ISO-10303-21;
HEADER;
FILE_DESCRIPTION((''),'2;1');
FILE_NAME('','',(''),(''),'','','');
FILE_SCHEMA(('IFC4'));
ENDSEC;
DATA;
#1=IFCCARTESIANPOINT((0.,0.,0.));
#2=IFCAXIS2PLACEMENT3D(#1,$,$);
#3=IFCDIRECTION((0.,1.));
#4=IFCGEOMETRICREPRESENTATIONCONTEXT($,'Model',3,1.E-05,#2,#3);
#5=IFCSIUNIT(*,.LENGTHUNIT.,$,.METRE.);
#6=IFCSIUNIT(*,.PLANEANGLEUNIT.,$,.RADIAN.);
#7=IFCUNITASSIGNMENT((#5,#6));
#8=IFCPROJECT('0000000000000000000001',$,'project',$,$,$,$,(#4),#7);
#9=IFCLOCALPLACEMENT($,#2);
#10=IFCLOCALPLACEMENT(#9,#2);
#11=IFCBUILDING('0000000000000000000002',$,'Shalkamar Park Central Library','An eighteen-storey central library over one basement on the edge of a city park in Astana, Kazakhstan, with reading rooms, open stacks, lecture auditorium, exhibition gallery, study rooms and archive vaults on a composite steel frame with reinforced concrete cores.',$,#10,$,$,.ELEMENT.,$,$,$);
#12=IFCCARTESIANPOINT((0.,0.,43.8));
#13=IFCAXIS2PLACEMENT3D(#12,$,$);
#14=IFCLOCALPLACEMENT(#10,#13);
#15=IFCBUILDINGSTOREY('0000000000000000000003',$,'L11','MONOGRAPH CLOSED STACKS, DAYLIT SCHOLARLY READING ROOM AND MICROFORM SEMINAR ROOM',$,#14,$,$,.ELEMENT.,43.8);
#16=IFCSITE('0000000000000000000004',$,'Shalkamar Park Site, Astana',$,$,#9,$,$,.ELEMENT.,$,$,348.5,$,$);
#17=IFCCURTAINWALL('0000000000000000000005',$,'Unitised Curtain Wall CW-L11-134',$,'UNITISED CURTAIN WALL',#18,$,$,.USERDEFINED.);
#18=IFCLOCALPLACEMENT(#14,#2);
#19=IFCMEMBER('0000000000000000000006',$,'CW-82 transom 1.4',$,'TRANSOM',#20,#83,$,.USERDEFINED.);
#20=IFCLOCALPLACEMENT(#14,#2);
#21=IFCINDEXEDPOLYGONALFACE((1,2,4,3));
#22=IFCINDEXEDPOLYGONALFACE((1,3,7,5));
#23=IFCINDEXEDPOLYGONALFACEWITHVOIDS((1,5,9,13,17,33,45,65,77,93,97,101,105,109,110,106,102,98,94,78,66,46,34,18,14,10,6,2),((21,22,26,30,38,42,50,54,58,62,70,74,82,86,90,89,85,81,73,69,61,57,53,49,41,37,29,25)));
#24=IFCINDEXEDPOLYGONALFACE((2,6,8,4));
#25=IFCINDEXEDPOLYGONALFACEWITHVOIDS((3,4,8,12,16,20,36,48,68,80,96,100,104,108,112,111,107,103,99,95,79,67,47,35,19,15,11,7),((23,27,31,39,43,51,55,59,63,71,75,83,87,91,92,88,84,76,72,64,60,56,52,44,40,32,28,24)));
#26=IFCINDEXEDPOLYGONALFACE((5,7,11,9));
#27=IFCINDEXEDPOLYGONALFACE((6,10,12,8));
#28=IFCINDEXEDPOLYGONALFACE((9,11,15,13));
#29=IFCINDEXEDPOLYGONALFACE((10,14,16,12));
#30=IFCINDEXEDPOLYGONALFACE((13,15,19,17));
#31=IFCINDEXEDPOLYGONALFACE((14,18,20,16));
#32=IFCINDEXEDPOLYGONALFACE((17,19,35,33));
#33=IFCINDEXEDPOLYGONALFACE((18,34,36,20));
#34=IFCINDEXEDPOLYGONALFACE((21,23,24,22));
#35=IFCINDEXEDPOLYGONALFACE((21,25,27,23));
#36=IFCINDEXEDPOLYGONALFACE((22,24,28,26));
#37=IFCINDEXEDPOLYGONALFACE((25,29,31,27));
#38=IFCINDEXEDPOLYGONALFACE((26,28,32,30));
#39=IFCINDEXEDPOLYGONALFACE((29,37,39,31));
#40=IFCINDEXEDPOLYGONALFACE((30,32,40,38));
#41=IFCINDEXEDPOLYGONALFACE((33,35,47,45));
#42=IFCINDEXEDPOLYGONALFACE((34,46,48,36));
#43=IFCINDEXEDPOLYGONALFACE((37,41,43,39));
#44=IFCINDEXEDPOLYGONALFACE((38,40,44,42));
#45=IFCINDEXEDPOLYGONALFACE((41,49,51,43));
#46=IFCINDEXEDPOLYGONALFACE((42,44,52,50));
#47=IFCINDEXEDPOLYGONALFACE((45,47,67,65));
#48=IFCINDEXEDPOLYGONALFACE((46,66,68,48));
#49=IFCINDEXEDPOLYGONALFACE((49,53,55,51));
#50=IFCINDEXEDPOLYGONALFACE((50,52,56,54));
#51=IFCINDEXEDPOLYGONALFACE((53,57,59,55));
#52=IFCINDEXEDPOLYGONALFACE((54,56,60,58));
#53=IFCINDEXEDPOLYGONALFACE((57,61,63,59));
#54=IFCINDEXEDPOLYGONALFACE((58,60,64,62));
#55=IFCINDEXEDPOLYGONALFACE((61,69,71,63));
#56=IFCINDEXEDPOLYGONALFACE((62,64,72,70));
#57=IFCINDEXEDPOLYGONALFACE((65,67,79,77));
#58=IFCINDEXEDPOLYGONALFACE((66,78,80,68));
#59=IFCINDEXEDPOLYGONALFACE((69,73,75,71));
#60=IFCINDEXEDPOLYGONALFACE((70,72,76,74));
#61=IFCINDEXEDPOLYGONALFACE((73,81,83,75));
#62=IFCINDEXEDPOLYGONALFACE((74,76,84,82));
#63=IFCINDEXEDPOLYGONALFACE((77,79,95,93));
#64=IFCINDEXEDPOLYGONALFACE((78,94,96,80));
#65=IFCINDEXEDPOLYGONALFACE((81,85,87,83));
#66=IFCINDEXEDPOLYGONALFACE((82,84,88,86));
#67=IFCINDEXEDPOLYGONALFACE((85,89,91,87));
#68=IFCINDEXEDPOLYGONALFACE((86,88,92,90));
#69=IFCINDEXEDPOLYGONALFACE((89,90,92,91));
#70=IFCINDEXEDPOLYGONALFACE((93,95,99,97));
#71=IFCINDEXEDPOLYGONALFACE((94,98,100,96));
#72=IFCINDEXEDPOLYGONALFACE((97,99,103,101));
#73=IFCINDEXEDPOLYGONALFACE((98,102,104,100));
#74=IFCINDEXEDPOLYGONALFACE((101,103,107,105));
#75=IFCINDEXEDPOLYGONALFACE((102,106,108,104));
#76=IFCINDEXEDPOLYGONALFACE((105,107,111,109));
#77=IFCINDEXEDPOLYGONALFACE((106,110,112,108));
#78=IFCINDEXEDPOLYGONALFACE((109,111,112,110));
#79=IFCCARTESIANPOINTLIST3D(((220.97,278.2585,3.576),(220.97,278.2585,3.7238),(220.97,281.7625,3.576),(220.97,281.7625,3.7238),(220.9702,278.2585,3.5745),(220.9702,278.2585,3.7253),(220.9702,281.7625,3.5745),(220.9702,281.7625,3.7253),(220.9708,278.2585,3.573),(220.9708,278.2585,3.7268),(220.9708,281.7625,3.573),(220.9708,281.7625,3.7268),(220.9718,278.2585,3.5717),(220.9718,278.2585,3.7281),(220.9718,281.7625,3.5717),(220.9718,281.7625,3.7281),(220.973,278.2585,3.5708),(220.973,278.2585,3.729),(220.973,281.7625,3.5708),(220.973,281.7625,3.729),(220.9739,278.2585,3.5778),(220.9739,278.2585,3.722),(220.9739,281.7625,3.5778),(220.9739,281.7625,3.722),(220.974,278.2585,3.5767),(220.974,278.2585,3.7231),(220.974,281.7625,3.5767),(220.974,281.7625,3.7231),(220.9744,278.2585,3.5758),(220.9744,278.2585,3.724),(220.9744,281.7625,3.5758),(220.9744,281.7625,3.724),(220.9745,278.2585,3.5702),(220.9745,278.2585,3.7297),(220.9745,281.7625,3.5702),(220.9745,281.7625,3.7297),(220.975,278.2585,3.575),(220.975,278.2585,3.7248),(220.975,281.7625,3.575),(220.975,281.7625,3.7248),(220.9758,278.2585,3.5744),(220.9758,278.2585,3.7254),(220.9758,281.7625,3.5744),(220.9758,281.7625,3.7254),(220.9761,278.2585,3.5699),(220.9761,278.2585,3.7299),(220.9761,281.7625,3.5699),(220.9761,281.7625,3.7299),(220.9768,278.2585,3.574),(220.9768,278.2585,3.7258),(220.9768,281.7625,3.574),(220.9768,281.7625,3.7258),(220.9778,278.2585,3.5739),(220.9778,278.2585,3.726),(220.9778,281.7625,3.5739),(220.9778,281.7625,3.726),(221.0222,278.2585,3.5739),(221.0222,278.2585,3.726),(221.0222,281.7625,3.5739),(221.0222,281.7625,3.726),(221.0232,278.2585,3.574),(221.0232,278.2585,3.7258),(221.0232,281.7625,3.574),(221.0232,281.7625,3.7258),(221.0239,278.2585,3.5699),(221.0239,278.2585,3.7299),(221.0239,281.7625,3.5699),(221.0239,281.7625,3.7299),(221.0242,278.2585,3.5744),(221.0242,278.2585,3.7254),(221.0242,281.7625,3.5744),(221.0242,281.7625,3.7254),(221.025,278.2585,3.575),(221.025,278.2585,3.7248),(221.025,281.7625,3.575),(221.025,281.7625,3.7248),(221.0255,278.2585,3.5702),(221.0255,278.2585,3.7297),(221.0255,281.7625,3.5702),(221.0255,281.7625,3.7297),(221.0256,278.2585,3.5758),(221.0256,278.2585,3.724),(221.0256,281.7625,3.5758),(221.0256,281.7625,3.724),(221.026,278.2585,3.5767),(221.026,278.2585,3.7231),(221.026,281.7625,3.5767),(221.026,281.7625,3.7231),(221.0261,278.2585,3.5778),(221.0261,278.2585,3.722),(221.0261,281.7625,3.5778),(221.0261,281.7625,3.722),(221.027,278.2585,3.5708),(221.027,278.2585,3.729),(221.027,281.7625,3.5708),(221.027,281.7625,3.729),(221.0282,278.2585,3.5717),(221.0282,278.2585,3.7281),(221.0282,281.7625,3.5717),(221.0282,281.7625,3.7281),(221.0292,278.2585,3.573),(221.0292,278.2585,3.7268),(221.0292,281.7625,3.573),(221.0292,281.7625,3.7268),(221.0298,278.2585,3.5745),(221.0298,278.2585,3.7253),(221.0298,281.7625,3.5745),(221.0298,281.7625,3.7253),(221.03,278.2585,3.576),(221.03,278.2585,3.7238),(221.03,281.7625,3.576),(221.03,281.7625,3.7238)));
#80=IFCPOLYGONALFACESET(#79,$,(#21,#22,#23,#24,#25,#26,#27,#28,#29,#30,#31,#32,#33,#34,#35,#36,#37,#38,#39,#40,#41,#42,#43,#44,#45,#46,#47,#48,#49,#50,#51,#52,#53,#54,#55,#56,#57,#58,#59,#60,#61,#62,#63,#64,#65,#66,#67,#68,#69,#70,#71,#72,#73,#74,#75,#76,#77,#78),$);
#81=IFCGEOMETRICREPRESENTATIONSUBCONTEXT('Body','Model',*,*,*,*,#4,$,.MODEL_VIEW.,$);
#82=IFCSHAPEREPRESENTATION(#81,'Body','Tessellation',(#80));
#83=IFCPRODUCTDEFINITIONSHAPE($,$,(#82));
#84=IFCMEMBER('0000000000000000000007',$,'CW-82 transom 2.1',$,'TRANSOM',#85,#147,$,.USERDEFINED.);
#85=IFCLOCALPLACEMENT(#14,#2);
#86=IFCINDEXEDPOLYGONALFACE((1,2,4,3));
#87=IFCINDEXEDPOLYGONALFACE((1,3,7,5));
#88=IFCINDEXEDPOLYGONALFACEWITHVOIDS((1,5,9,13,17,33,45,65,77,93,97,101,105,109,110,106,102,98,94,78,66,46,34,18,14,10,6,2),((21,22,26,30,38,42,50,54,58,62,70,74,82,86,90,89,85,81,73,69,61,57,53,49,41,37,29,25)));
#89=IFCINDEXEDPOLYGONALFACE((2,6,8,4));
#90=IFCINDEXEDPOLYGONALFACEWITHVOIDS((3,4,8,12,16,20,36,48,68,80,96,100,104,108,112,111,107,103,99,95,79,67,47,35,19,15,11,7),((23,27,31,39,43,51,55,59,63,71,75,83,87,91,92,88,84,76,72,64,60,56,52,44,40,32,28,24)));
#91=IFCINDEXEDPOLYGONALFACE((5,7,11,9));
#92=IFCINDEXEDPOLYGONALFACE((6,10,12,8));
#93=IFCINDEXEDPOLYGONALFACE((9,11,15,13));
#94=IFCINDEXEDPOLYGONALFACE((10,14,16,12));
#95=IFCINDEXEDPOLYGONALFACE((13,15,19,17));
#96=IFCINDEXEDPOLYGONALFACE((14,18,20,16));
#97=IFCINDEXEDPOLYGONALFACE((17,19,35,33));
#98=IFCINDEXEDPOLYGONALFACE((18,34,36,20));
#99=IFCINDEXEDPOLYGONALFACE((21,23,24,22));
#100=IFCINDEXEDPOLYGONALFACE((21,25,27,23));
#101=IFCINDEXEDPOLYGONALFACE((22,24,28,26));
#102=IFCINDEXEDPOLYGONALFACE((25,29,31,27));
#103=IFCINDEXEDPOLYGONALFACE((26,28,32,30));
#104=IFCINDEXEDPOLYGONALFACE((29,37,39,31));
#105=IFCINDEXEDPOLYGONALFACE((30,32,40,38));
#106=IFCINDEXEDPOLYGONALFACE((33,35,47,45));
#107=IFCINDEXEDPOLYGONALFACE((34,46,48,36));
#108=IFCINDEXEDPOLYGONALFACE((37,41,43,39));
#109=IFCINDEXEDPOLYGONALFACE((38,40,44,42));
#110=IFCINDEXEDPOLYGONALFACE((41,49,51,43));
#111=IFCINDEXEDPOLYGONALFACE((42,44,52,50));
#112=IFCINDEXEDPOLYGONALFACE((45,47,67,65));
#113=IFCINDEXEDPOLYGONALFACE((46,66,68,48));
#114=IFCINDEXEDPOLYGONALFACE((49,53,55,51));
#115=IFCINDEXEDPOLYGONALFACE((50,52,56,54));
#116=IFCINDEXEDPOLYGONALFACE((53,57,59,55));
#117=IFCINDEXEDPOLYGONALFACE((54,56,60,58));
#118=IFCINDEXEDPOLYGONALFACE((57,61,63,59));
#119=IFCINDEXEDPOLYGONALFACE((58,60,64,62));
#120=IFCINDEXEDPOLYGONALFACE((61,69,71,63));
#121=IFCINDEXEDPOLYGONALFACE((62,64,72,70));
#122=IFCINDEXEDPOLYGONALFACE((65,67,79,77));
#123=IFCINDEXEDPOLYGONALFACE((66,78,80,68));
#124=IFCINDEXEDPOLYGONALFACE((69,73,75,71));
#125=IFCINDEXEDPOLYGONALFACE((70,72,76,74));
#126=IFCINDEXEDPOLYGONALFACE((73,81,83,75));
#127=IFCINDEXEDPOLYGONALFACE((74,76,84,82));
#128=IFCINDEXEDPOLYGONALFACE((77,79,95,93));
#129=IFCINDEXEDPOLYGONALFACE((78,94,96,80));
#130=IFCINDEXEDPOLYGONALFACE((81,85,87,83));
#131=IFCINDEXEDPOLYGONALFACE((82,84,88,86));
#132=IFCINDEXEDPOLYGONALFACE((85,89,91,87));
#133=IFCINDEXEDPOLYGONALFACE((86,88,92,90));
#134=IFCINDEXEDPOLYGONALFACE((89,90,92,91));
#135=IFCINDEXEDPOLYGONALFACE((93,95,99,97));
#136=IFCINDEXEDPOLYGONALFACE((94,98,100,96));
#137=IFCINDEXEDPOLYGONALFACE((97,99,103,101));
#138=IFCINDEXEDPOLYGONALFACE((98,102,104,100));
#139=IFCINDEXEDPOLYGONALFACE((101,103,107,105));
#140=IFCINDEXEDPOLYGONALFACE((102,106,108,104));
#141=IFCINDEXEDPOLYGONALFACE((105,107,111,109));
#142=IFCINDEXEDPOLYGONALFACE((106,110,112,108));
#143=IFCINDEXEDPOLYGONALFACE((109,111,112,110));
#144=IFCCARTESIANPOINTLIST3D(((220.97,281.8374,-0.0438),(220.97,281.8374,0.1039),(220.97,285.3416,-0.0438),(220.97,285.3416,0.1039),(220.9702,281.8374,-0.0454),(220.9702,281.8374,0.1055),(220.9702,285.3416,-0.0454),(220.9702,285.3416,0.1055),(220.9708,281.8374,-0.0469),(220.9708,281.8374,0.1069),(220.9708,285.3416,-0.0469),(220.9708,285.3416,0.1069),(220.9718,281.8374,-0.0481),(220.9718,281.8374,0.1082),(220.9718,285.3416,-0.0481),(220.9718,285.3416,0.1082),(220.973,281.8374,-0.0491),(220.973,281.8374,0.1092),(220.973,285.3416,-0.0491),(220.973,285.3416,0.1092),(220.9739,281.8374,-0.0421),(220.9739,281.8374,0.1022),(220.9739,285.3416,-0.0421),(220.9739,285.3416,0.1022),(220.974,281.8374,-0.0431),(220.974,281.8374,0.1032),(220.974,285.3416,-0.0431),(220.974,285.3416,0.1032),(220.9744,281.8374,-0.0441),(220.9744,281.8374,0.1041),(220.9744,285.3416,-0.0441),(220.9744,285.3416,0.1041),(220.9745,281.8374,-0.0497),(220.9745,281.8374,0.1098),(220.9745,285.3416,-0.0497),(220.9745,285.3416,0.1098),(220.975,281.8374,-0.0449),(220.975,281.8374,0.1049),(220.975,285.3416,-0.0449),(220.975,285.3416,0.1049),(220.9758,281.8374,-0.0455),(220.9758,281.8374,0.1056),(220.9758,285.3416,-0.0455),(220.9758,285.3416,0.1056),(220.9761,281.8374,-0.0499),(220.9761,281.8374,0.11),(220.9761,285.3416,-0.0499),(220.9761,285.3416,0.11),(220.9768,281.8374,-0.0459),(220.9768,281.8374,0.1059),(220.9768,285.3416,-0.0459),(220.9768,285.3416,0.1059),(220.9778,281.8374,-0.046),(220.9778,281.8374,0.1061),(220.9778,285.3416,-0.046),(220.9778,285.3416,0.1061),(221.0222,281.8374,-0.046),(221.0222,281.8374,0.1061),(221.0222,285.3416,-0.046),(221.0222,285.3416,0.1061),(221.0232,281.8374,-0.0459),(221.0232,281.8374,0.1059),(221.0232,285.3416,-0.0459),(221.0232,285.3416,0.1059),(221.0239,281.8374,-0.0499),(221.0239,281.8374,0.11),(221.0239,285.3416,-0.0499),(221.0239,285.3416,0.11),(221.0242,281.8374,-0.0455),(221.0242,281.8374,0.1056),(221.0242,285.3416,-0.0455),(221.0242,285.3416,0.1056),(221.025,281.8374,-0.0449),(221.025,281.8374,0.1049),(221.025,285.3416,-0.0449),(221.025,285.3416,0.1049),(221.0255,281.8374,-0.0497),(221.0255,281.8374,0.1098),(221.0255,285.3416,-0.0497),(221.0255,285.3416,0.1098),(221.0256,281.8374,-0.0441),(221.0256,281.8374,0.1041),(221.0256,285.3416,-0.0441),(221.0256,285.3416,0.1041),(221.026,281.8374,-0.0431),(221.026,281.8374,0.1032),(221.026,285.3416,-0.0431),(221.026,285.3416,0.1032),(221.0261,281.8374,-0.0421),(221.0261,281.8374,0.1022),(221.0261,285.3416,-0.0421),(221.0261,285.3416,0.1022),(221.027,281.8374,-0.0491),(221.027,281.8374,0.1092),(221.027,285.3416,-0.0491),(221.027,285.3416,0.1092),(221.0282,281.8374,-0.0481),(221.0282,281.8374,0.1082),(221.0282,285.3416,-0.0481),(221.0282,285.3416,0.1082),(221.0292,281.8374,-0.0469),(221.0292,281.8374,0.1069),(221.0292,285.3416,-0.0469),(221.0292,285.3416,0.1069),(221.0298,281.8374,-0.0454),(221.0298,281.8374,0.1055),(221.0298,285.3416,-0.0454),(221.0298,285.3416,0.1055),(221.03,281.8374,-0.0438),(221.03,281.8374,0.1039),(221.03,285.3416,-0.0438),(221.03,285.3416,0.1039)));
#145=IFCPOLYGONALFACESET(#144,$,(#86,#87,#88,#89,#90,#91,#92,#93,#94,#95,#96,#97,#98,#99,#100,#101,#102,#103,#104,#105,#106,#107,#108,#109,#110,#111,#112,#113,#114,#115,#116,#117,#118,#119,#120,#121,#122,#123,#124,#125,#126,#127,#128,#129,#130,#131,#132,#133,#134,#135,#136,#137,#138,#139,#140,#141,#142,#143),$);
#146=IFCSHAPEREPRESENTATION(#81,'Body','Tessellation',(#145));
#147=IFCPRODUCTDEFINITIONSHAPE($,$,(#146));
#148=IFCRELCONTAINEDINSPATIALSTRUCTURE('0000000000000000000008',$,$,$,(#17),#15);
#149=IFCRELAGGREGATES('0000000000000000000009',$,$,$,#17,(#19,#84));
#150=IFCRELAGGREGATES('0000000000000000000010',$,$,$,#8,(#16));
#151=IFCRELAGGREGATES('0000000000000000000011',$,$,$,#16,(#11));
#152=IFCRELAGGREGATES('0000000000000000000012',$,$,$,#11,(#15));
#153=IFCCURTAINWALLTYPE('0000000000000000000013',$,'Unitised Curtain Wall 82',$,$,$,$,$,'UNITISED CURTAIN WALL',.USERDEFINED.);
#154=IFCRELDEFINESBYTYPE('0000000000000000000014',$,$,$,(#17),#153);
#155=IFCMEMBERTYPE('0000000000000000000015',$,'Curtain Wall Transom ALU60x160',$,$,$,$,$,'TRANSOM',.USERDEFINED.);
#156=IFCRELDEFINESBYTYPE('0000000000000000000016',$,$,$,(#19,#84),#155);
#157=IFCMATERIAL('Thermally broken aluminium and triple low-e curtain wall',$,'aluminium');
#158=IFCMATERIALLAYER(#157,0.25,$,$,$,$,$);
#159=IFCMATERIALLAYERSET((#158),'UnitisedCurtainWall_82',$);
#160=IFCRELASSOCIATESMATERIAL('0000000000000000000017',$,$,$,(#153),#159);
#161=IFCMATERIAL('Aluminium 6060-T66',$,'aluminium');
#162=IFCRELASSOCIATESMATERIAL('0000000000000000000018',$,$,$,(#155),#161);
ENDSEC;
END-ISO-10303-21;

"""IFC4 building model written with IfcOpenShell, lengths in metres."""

from ifc_helpers import new_model, si_unit, direction, frame, origin, origin_2d, place, context, subcontext, project, spatial, hollow_rectangle, extrude, material, layer, layer_set, material_profile, profile_set, type_object, element, aggregate, save


model = new_model("IFC4")

# Units and contexts
model_context = context("Model", 3, precision=1e-05, world=origin(), true_north=direction((0.0, 1.0)))
body_context = subcontext(model_context, "Body", "Model", "MODEL_VIEW")
ifc_project = project(units=[si_unit("LENGTHUNIT", "METRE"), si_unit("PLANEANGLEUNIT", "RADIAN")], contexts=[model_context])

# Site, building, storey
site_placement = place(None, origin())
site = spatial("IfcSite", under=ifc_project, at=site_placement, Name="Shalkamar Park Site, Astana", CompositionType="ELEMENT", RefElevation=348.5)
building_placement = place(site_placement, origin())
building = spatial("IfcBuilding", under=site, at=building_placement, Name="Shalkamar Park Central Library", Description="An eighteen-storey central library over one basement on the edge of a city park in Astana, Kazakhstan, with reading rooms, open stacks, lecture auditorium, exhibition gallery, study rooms and archive vaults on a composite steel frame with reinforced concrete cores.", CompositionType="ELEMENT")
storey_placement = place(building_placement, frame((0.0, 0.0, 43.8)))
storey = spatial("IfcBuildingStorey", under=building, at=storey_placement, Name="L11", Description="MONOGRAPH CLOSED STACKS, DAYLIT SCHOLARLY READING ROOM AND MICROFORM SEMINAR ROOM", CompositionType="ELEMENT", Elevation=43.8)

# Curtain wall, members
ifc_material_1 = material(Name="Thermally broken aluminium and triple low-e curtain wall", Category="aluminium")
ifc_layer_1 = layer(ifc_material_1, 0.25)
ifc_layer_set_1 = layer_set([ifc_layer_1], Name="UnitisedCurtainWall_82")
curtain_wall_type_1 = type_object("IfcCurtainWallType", Name="Unitised Curtain Wall 82", ElementType="UNITISED CURTAIN WALL", PredefinedType="USERDEFINED", material=ifc_layer_set_1)
curtain_wall_1_placement = place(storey_placement, origin())
curtain_wall_1 = element("IfcCurtainWall", 1, at=curtain_wall_1_placement, inside=storey, type_object=curtain_wall_type_1, Name="Unitised Curtain Wall CW-L11-134", ObjectType="UNITISED CURTAIN WALL", PredefinedType="USERDEFINED")
ifc_material_2 = material(Name="Aluminium 6060-T66", Category="aluminium")
ifc_material_profile_1 = material_profile(ifc_material_2, hollow_rectangle(XDim=0.0601, YDim=0.1599, WallThickness=0.0039, InnerFilletRadius=0.0039, OuterFilletRadius=0.0061, at=origin_2d()), Name="ALU 60x160x4")
ifc_profile_set_1 = profile_set([ifc_material_profile_1], Name="Aluminium 6060-T66")
member_type_1 = type_object("IfcMemberType", Name="Curtain Wall Transom ALU60x160", ElementType="TRANSOM", PredefinedType="USERDEFINED", material=ifc_profile_set_1)
member_1_placement = place(storey_placement, frame((221.0, 278.2585, 3.6499), z_axis=(0.0, 1.0, 0.0), x_axis=(-1.0, 0.0, 0.0)))
member_1 = element("IfcMember", 2, at=member_1_placement, type_object=member_type_1, Name="CW-82 transom 1.4", ObjectType="TRANSOM", PredefinedType="USERDEFINED", context=body_context, shape_type="SweptSolid", body=[
    extrude(hollow_rectangle(XDim=0.0601, YDim=0.1599, WallThickness=0.0039, InnerFilletRadius=0.0039, OuterFilletRadius=0.0061, at=origin_2d()), origin(), (0.0, 0.0, 1.0), 3.5039),
])
member_2_placement = place(storey_placement, frame((221.0, 281.8374, 0.03), z_axis=(0.0, 1.0, 0.0), x_axis=(-1.0, 0.0, 0.0)))
member_2 = element("IfcMember", 3, at=member_2_placement, type_object=member_type_1, Name="CW-82 transom 2.1", ObjectType="TRANSOM", PredefinedType="USERDEFINED", context=body_context, shape_type="SweptSolid", body=[
    extrude(hollow_rectangle(XDim=0.0601, YDim=0.1599, WallThickness=0.0039, InnerFilletRadius=0.0039, OuterFilletRadius=0.0061, at=origin_2d()), origin(), (0.0, 0.0, 1.0), 3.5042),
])

aggregate(curtain_wall_1, [member_1, member_2])

save(model, "model.ifc")
